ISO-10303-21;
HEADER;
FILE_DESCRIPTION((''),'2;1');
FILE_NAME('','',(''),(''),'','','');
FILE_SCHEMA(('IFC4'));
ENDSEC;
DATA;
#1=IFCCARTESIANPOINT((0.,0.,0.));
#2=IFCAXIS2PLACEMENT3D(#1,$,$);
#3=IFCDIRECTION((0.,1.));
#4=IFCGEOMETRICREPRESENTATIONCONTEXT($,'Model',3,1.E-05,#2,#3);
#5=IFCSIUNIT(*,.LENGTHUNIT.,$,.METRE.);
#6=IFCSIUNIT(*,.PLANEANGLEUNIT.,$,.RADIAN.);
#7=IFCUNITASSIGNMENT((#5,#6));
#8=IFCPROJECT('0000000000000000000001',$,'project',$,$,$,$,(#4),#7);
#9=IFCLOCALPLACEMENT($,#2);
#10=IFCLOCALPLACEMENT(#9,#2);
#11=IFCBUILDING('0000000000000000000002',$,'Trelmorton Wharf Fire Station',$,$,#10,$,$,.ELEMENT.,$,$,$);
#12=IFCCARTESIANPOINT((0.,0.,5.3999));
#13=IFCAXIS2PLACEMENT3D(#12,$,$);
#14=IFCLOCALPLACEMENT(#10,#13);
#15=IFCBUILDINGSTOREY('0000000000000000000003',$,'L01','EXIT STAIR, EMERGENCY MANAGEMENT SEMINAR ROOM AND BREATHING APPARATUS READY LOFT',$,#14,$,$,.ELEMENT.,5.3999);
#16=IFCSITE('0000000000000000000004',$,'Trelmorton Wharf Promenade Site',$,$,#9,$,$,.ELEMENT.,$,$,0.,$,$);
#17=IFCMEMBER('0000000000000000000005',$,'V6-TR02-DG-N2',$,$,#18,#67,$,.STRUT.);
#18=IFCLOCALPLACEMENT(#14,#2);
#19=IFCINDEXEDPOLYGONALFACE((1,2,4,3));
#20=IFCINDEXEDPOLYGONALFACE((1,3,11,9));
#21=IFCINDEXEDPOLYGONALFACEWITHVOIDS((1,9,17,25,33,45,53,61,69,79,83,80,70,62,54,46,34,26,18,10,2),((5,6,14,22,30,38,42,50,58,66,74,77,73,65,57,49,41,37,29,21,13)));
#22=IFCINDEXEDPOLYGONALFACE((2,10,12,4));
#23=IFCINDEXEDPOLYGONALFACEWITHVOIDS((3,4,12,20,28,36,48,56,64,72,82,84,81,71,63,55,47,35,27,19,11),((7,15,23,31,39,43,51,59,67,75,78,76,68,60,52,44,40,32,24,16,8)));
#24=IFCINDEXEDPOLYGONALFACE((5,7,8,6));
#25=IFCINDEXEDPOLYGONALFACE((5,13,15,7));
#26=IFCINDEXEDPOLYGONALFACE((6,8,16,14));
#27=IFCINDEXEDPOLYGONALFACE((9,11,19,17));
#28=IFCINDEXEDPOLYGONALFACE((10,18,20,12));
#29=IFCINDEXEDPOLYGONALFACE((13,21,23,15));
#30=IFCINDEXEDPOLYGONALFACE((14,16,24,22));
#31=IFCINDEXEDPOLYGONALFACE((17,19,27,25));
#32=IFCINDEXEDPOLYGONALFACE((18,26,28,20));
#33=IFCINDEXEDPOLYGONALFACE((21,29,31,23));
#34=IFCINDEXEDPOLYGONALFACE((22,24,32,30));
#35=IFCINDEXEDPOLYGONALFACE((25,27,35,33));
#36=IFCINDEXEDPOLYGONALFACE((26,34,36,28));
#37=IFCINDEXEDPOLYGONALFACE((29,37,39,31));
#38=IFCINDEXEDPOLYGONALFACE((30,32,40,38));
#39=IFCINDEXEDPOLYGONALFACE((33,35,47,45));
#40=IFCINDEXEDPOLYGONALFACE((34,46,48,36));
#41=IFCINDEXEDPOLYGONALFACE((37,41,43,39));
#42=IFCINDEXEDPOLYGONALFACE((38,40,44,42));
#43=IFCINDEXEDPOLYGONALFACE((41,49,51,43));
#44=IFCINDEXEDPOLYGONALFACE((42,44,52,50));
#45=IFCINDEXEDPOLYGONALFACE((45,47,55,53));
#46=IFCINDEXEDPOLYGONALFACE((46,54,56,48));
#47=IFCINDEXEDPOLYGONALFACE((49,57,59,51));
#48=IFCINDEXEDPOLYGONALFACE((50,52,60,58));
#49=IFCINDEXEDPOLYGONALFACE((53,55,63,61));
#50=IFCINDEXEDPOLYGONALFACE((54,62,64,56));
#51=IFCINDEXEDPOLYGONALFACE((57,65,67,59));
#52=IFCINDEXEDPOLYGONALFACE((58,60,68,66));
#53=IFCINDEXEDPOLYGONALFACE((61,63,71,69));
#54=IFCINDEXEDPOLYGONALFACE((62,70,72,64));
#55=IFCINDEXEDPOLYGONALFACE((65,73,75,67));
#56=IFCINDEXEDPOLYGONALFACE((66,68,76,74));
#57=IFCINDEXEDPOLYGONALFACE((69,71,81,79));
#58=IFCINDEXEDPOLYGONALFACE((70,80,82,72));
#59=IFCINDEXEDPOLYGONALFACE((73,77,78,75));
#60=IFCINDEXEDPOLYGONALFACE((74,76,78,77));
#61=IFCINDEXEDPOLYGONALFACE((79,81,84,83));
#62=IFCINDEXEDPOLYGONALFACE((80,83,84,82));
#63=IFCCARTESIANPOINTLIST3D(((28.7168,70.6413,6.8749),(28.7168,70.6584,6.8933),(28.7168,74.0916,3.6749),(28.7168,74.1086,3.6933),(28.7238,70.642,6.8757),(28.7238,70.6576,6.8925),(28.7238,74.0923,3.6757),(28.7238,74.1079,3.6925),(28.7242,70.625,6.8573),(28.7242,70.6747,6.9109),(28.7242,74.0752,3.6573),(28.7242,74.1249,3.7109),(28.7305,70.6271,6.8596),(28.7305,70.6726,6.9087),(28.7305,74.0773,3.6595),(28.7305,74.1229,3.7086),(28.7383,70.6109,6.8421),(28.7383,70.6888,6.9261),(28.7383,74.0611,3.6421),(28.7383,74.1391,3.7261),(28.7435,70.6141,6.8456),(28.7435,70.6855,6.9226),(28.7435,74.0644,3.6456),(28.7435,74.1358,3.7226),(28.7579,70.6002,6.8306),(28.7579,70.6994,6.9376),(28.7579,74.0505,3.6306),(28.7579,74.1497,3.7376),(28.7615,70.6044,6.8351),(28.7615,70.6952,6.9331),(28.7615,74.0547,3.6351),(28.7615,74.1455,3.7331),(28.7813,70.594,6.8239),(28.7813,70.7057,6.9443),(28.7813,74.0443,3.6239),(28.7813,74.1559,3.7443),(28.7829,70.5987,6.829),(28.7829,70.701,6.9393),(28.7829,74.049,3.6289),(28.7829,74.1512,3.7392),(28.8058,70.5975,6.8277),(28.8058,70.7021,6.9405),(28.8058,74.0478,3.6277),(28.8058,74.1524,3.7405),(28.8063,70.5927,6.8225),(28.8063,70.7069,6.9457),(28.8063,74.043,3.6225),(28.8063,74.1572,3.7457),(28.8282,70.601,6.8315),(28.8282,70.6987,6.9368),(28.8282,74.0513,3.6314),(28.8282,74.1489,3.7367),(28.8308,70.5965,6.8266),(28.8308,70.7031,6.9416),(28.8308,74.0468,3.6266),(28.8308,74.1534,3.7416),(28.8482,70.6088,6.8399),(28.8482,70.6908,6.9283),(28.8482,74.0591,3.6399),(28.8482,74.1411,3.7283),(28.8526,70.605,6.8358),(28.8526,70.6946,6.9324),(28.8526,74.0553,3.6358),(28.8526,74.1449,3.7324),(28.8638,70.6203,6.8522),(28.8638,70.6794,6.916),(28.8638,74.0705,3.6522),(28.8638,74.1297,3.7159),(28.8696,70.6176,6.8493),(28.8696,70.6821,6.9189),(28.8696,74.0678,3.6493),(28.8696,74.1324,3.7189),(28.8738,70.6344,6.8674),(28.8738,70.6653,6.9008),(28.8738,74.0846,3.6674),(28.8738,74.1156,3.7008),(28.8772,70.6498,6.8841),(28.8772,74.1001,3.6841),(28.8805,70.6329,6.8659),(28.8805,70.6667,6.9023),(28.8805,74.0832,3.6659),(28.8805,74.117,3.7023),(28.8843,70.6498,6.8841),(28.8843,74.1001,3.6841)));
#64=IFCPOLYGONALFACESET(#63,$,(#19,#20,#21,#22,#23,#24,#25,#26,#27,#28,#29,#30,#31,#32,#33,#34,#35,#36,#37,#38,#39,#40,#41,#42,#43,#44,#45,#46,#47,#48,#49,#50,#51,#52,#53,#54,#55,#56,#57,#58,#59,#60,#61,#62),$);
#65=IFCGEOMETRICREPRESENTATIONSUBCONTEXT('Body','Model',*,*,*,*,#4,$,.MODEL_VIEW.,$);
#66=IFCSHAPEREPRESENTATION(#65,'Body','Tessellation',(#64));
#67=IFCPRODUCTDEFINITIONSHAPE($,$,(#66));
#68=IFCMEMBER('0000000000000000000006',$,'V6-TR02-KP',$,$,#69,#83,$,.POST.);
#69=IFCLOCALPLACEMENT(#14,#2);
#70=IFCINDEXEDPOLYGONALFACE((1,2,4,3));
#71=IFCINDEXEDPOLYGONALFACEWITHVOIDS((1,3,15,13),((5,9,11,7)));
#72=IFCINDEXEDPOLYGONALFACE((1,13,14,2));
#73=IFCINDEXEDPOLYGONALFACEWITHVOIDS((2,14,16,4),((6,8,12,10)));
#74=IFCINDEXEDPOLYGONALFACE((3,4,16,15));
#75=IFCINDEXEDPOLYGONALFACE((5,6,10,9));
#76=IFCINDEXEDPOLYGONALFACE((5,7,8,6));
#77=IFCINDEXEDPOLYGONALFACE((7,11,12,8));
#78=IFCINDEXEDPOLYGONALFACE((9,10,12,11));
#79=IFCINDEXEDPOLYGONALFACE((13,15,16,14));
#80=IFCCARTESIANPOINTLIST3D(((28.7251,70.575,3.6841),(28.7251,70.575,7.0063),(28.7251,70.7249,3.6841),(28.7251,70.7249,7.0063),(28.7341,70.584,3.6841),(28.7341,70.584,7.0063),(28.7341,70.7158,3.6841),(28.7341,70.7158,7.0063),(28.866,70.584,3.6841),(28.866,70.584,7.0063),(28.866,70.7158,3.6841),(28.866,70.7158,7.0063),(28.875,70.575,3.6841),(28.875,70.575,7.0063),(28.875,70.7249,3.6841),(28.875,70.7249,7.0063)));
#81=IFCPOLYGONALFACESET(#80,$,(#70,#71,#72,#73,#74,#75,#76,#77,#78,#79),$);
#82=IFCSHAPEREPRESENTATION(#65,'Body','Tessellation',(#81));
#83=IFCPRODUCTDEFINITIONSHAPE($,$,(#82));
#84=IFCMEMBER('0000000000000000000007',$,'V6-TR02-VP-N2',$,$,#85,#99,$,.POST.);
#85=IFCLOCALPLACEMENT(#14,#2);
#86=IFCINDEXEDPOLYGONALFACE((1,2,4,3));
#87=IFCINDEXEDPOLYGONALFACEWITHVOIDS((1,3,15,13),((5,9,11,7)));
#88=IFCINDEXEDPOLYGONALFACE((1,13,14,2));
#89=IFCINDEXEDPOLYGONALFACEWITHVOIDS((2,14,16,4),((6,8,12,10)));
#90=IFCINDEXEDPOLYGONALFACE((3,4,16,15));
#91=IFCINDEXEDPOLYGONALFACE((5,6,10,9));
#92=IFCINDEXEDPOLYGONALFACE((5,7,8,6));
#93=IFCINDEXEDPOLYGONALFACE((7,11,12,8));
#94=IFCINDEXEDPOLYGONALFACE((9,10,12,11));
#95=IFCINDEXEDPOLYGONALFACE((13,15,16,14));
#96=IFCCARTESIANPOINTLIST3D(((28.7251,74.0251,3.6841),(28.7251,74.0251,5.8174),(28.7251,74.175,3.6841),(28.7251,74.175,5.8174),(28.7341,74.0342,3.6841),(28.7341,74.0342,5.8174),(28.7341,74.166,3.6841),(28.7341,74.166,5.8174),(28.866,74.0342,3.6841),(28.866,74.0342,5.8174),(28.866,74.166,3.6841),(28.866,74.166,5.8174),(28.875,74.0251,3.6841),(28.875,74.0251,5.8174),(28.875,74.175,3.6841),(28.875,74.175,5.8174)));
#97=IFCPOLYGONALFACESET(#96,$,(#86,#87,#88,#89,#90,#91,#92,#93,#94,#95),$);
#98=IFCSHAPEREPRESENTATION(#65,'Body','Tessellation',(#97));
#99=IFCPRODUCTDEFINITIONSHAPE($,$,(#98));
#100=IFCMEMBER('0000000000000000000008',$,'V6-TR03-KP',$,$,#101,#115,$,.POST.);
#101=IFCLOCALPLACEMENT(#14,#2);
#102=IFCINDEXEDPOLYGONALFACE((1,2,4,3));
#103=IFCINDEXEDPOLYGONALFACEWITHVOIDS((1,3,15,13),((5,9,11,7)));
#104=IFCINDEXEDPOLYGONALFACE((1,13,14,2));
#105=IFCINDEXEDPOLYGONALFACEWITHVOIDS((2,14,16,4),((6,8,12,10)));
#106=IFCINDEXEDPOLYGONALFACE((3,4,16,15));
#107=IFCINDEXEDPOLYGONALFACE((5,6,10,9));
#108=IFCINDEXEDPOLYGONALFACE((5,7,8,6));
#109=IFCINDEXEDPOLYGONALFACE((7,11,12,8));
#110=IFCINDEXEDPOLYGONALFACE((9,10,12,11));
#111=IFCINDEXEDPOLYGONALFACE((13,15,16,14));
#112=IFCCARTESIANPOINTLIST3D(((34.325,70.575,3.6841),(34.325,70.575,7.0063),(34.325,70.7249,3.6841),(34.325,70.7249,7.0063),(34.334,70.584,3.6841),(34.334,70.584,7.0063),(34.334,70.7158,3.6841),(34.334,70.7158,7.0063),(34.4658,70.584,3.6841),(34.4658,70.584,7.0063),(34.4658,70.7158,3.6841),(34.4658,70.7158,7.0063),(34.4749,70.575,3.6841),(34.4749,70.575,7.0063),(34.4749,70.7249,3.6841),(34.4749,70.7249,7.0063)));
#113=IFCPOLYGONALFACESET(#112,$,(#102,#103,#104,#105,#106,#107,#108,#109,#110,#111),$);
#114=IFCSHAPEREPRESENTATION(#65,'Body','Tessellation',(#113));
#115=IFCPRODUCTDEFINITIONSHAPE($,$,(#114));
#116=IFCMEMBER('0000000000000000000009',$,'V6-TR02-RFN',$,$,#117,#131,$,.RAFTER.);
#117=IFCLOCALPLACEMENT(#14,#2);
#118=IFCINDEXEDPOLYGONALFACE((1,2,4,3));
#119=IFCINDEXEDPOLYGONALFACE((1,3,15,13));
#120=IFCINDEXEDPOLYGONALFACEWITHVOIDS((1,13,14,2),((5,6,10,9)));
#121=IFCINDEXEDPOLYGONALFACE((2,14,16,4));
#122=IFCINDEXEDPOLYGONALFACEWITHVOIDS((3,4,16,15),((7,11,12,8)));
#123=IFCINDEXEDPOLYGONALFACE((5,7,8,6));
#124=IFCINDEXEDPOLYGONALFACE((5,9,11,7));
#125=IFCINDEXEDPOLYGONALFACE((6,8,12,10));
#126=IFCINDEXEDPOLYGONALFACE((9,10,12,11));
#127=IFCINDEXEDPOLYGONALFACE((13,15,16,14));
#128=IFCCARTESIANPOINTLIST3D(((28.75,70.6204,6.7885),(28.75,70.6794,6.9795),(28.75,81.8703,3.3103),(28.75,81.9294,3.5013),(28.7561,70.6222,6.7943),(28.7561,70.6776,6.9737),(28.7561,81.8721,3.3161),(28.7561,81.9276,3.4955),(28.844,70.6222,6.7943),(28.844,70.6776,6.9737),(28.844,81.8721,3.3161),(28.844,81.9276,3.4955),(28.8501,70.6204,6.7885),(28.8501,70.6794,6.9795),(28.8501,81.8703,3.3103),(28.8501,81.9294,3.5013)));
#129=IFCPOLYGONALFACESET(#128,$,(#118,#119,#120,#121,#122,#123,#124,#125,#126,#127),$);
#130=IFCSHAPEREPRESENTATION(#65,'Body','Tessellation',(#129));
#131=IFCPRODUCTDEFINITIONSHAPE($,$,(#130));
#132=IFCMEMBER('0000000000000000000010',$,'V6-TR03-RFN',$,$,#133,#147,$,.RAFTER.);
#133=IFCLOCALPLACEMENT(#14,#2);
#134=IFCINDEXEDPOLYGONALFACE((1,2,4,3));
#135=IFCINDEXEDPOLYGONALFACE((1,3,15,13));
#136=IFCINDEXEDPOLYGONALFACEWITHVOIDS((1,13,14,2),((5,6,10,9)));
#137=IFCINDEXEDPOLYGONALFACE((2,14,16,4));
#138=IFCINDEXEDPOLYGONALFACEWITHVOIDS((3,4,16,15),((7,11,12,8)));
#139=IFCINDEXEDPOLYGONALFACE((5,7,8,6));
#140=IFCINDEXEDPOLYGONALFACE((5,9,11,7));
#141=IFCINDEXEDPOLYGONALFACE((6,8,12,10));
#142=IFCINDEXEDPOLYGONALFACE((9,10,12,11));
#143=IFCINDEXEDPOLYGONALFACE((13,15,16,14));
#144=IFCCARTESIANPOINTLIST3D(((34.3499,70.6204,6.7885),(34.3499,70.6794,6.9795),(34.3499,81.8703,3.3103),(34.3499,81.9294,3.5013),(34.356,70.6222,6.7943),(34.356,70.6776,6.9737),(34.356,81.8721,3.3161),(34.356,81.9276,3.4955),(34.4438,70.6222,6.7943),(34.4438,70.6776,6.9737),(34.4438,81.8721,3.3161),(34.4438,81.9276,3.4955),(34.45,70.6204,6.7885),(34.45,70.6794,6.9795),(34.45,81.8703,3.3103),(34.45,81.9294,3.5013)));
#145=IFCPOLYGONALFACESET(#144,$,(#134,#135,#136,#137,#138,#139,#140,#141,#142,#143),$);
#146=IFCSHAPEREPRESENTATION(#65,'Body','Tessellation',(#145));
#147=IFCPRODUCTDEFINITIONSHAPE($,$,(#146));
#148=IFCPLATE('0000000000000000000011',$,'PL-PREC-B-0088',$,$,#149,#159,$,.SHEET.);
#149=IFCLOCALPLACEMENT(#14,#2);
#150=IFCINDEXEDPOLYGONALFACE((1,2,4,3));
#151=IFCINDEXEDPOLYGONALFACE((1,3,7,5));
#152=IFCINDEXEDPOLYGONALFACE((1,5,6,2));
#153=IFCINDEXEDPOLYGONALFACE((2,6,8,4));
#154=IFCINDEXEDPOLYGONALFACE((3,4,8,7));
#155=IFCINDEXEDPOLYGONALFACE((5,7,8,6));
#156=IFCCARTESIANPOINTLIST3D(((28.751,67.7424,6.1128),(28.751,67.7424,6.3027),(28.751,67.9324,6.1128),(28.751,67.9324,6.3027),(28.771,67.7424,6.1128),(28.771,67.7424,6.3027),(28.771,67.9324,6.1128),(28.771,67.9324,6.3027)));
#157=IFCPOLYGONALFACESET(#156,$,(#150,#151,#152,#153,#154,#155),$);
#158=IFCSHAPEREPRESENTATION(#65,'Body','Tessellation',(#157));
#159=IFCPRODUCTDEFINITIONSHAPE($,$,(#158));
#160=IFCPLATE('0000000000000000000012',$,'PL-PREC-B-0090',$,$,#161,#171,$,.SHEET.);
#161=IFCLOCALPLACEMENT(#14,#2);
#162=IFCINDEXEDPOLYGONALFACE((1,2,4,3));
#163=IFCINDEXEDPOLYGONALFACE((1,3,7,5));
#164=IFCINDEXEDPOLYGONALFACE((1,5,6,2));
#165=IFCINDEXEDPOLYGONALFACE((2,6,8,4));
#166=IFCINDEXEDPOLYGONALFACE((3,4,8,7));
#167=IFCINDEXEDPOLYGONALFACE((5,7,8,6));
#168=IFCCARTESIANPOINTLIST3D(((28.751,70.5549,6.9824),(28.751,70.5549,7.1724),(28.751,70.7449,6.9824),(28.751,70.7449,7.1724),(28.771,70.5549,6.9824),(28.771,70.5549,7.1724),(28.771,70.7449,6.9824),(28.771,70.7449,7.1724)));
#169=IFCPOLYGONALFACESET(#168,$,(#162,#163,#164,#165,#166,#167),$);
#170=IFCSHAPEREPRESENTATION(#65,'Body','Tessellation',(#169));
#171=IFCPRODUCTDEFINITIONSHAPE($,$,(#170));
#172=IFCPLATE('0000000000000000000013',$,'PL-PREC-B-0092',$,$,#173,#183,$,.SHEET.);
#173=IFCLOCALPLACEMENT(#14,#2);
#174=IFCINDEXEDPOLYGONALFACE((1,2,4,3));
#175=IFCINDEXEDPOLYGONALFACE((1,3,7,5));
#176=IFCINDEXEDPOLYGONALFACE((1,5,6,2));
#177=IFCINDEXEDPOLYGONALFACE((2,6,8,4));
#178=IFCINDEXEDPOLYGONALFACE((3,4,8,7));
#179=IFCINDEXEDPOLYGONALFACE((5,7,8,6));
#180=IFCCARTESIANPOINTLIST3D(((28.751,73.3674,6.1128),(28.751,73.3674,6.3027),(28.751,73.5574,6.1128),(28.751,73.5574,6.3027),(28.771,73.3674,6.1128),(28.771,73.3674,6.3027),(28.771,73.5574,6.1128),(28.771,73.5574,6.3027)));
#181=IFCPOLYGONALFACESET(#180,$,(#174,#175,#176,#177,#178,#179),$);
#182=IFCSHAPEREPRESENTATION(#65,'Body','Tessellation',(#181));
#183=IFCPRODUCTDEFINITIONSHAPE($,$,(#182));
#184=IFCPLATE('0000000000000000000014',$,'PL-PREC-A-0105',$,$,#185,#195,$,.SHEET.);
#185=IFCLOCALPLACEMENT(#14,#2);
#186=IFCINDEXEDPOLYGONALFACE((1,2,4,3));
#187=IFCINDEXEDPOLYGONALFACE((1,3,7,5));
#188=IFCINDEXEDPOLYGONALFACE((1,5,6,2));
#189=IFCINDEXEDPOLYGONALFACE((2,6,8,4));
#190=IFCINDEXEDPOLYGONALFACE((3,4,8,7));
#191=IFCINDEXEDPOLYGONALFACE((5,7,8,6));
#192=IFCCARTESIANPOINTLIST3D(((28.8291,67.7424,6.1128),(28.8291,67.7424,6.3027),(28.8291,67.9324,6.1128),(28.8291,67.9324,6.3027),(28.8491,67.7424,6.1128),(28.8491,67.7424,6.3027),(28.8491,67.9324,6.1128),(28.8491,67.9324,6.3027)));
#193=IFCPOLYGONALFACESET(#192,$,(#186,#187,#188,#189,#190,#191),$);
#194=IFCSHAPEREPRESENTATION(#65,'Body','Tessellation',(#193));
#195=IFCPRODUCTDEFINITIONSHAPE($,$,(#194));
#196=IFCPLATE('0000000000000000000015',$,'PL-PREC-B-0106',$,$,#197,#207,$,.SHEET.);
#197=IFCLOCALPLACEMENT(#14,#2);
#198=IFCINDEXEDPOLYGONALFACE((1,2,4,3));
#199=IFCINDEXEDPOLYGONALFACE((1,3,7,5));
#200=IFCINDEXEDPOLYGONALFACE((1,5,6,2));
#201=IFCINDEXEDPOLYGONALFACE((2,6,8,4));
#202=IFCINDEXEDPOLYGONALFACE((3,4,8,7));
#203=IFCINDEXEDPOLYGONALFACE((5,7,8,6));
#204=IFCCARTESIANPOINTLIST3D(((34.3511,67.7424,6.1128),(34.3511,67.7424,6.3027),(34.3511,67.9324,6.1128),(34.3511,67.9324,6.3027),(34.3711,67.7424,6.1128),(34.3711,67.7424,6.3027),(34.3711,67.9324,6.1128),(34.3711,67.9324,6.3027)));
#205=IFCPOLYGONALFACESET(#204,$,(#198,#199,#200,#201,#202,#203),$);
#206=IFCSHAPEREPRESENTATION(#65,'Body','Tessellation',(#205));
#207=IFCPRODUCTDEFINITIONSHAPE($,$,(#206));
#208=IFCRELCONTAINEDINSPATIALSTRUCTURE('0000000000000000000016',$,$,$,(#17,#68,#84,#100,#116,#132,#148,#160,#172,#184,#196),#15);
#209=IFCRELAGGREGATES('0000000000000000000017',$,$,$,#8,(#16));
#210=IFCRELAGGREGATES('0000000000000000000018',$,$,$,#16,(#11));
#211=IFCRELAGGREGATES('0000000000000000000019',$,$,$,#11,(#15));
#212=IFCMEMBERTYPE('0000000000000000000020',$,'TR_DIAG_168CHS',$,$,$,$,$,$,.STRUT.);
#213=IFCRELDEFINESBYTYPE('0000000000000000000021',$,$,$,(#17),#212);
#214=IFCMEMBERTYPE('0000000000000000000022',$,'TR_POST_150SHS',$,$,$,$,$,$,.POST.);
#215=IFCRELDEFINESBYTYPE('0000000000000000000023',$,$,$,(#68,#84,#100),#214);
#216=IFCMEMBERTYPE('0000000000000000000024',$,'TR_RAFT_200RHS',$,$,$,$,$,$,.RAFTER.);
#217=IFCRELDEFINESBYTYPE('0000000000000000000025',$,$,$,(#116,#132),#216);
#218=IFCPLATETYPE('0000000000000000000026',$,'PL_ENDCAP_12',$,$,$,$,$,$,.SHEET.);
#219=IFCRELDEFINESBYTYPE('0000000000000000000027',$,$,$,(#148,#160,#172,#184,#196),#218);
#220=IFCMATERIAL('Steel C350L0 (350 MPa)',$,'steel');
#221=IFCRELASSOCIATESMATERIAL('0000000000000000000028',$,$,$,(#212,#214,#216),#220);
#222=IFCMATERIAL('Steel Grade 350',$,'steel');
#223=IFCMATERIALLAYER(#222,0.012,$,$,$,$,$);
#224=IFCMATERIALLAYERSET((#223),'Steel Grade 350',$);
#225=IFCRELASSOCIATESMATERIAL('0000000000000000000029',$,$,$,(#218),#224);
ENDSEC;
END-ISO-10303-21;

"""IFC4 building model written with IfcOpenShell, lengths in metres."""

from ifc_helpers import new_model, si_unit, direction, frame, origin, origin_2d, place, context, subcontext, project, spatial, rectangle, hollow_rectangle, hollow_circle, extrude, material, layer, layer_set, material_profile, profile_set, type_object, element, save


model = new_model("IFC4")

# Units and contexts
model_context = context("Model", 3, precision=1e-05, world=origin(), true_north=direction((0.0, 1.0)))
body_context = subcontext(model_context, "Body", "Model", "MODEL_VIEW")
ifc_project = project(units=[si_unit("LENGTHUNIT", "METRE"), si_unit("PLANEANGLEUNIT", "RADIAN")], contexts=[model_context])

# Site, building, storey
site_placement = place(None, origin())
site = spatial("IfcSite", under=ifc_project, at=site_placement, Name="Trelmorton Wharf Promenade Site", CompositionType="ELEMENT", RefElevation=0.0)
building_placement = place(site_placement, origin())
building = spatial("IfcBuilding", under=site, at=building_placement, Name="Trelmorton Wharf Fire Station", CompositionType="ELEMENT")
storey_placement = place(building_placement, frame((0.0, 0.0, 5.3999)))
storey = spatial("IfcBuildingStorey", under=building, at=storey_placement, Name="L01", Description="EXIT STAIR, EMERGENCY MANAGEMENT SEMINAR ROOM AND BREATHING APPARATUS READY LOFT", CompositionType="ELEMENT", Elevation=5.3999)

# Shared definitions
ifc_material_1 = material(Name="Steel Grade 350", Category="steel")

# Members
ifc_material_2 = material(Name="Steel C350L0 (350 MPa)", Category="steel")
ifc_material_profile_1 = material_profile(ifc_material_2, hollow_circle(Radius=0.0842, WallThickness=0.0071, at=origin_2d()), Name="168.3x7.1CHS")
ifc_profile_set_1 = profile_set([ifc_material_profile_1], Name="Steel C350L0 (350 MPa)")
member_type_1 = type_object("IfcMemberType", Name="TR_DIAG_168CHS", PredefinedType="STRUT", material=ifc_profile_set_1)
member_1_placement = place(storey_placement, frame((28.8, 74.1001, 3.6841), z_axis=(0.0, -0.733196, 0.680017), x_axis=(1.0, 0.0, 0.0)))
element("IfcMember", 1, at=member_1_placement, inside=storey, type_object=member_type_1, Name="V6-TR02-DG-N2", PredefinedType="STRUT", context=body_context, shape_type="SweptSolid", body=[
    extrude(hollow_circle(Radius=0.0842, WallThickness=0.0071, at=origin_2d()), origin(), (0.0, 0.0, 1.0), 4.7058),
])
ifc_material_profile_2 = material_profile(ifc_material_2, hollow_rectangle(XDim=0.1499, YDim=0.1499, WallThickness=0.009, at=origin_2d()), Name="150x150x9.0SHS")
ifc_profile_set_2 = profile_set([ifc_material_profile_2], Name="Steel C350L0 (350 MPa)")
member_type_2 = type_object("IfcMemberType", Name="TR_POST_150SHS", PredefinedType="POST", material=ifc_profile_set_2)
member_2_placement = place(storey_placement, frame((28.8, 70.6499, 3.6841), z_axis=(0.0, 0.0, 1.0), x_axis=(1.0, 0.0, 0.0)))
element("IfcMember", 2, at=member_2_placement, inside=storey, type_object=member_type_2, Name="V6-TR02-KP", PredefinedType="POST", context=body_context, shape_type="SweptSolid", body=[
    extrude(hollow_rectangle(XDim=0.1499, YDim=0.1499, WallThickness=0.009, at=origin_2d()), origin(), (0.0, 0.0, 1.0), 3.3223),
])
member_3_placement = place(storey_placement, frame((28.8, 74.1001, 3.6841), z_axis=(0.0, 0.0, 1.0), x_axis=(1.0, 0.0, 0.0)))
element("IfcMember", 3, at=member_3_placement, inside=storey, type_object=member_type_2, Name="V6-TR02-VP-N2", PredefinedType="POST", context=body_context, shape_type="SweptSolid", body=[
    extrude(hollow_rectangle(XDim=0.1499, YDim=0.1499, WallThickness=0.009, at=origin_2d()), origin(), (0.0, 0.0, 1.0), 2.1333),
])
member_4_placement = place(storey_placement, frame((34.3999, 70.6499, 3.6841), z_axis=(0.0, 0.0, 1.0), x_axis=(1.0, 0.0, 0.0)))
element("IfcMember", 4, at=member_4_placement, inside=storey, type_object=member_type_2, Name="V6-TR03-KP", PredefinedType="POST", context=body_context, shape_type="SweptSolid", body=[
    extrude(hollow_rectangle(XDim=0.1499, YDim=0.1499, WallThickness=0.009, at=origin_2d()), origin(), (0.0, 0.0, 1.0), 3.3223),
])
ifc_material_profile_3 = material_profile(ifc_material_2, hollow_rectangle(XDim=0.1001, YDim=0.2, WallThickness=0.0061, at=origin_2d()), Name="200x100x6.0RHS")
ifc_profile_set_3 = profile_set([ifc_material_profile_3], Name="Steel C350L0 (350 MPa)")
member_type_3 = type_object("IfcMemberType", Name="TR_RAFT_200RHS", PredefinedType="RAFTER", material=ifc_profile_set_3)
for number, where, z_axis, x_axis, name in (
    (5, (28.8, 70.6499, 6.884), (0.0, 0.955379, -0.295384), (-1.0, 0.0, 0.0), "V6-TR02-RFN"),
    (6, (34.3999, 70.6499, 6.884), (0.0, 0.955379, -0.295384), (-1.0, 0.0, 0.0), "V6-TR03-RFN"),
):
    element("IfcMember", number, at=place(storey_placement, frame(where, z_axis=z_axis, x_axis=x_axis)), inside=storey, type_object=member_type_3, Name=name, PredefinedType="RAFTER", context=body_context, shape_type="SweptSolid", body=[
        extrude(hollow_rectangle(XDim=0.1001, YDim=0.2, WallThickness=0.0061, at=origin_2d()), origin(), (0.0, 0.0, 1.0), 11.7754),
    ])

# Plates
ifc_layer_1 = layer(ifc_material_1, 0.012)
ifc_layer_set_1 = layer_set([ifc_layer_1], Name="Steel Grade 350")
plate_type_1 = type_object("IfcPlateType", Name="PL_ENDCAP_12", PredefinedType="SHEET", material=ifc_layer_set_1)
for number, where, z_axis, x_axis, name in (
    (7, (28.761, 67.8374, 6.1128), (0.0, 0.0, 1.0), (1.0, 0.0, 0.0), "PL-PREC-B-0088"),
    (8, (28.761, 70.6499, 6.9824), (0.0, 0.0, 1.0), (1.0, 0.0, 0.0), "PL-PREC-B-0090"),
    (9, (28.761, 73.4624, 6.1128), (0.0, 0.0, 1.0), (1.0, 0.0, 0.0), "PL-PREC-B-0092"),
    (10, (28.8391, 67.8374, 6.1128), (0.0, 0.0, 1.0), (1.0, 0.0, 0.0), "PL-PREC-A-0105"),
    (11, (34.3611, 67.8374, 6.1128), (0.0, 0.0, 1.0), (1.0, 0.0, 0.0), "PL-PREC-B-0106"),
):
    element("IfcPlate", number, at=place(storey_placement, frame(where, z_axis=z_axis, x_axis=x_axis)), inside=storey, type_object=plate_type_1, Name=name, PredefinedType="SHEET", context=body_context, shape_type="SweptSolid", body=[
        extrude(rectangle(XDim=0.02, YDim=0.1899, at=origin_2d()), origin(), (0.0, 0.0, 1.0), 0.1899),
    ])

save(model, "model.ifc")
